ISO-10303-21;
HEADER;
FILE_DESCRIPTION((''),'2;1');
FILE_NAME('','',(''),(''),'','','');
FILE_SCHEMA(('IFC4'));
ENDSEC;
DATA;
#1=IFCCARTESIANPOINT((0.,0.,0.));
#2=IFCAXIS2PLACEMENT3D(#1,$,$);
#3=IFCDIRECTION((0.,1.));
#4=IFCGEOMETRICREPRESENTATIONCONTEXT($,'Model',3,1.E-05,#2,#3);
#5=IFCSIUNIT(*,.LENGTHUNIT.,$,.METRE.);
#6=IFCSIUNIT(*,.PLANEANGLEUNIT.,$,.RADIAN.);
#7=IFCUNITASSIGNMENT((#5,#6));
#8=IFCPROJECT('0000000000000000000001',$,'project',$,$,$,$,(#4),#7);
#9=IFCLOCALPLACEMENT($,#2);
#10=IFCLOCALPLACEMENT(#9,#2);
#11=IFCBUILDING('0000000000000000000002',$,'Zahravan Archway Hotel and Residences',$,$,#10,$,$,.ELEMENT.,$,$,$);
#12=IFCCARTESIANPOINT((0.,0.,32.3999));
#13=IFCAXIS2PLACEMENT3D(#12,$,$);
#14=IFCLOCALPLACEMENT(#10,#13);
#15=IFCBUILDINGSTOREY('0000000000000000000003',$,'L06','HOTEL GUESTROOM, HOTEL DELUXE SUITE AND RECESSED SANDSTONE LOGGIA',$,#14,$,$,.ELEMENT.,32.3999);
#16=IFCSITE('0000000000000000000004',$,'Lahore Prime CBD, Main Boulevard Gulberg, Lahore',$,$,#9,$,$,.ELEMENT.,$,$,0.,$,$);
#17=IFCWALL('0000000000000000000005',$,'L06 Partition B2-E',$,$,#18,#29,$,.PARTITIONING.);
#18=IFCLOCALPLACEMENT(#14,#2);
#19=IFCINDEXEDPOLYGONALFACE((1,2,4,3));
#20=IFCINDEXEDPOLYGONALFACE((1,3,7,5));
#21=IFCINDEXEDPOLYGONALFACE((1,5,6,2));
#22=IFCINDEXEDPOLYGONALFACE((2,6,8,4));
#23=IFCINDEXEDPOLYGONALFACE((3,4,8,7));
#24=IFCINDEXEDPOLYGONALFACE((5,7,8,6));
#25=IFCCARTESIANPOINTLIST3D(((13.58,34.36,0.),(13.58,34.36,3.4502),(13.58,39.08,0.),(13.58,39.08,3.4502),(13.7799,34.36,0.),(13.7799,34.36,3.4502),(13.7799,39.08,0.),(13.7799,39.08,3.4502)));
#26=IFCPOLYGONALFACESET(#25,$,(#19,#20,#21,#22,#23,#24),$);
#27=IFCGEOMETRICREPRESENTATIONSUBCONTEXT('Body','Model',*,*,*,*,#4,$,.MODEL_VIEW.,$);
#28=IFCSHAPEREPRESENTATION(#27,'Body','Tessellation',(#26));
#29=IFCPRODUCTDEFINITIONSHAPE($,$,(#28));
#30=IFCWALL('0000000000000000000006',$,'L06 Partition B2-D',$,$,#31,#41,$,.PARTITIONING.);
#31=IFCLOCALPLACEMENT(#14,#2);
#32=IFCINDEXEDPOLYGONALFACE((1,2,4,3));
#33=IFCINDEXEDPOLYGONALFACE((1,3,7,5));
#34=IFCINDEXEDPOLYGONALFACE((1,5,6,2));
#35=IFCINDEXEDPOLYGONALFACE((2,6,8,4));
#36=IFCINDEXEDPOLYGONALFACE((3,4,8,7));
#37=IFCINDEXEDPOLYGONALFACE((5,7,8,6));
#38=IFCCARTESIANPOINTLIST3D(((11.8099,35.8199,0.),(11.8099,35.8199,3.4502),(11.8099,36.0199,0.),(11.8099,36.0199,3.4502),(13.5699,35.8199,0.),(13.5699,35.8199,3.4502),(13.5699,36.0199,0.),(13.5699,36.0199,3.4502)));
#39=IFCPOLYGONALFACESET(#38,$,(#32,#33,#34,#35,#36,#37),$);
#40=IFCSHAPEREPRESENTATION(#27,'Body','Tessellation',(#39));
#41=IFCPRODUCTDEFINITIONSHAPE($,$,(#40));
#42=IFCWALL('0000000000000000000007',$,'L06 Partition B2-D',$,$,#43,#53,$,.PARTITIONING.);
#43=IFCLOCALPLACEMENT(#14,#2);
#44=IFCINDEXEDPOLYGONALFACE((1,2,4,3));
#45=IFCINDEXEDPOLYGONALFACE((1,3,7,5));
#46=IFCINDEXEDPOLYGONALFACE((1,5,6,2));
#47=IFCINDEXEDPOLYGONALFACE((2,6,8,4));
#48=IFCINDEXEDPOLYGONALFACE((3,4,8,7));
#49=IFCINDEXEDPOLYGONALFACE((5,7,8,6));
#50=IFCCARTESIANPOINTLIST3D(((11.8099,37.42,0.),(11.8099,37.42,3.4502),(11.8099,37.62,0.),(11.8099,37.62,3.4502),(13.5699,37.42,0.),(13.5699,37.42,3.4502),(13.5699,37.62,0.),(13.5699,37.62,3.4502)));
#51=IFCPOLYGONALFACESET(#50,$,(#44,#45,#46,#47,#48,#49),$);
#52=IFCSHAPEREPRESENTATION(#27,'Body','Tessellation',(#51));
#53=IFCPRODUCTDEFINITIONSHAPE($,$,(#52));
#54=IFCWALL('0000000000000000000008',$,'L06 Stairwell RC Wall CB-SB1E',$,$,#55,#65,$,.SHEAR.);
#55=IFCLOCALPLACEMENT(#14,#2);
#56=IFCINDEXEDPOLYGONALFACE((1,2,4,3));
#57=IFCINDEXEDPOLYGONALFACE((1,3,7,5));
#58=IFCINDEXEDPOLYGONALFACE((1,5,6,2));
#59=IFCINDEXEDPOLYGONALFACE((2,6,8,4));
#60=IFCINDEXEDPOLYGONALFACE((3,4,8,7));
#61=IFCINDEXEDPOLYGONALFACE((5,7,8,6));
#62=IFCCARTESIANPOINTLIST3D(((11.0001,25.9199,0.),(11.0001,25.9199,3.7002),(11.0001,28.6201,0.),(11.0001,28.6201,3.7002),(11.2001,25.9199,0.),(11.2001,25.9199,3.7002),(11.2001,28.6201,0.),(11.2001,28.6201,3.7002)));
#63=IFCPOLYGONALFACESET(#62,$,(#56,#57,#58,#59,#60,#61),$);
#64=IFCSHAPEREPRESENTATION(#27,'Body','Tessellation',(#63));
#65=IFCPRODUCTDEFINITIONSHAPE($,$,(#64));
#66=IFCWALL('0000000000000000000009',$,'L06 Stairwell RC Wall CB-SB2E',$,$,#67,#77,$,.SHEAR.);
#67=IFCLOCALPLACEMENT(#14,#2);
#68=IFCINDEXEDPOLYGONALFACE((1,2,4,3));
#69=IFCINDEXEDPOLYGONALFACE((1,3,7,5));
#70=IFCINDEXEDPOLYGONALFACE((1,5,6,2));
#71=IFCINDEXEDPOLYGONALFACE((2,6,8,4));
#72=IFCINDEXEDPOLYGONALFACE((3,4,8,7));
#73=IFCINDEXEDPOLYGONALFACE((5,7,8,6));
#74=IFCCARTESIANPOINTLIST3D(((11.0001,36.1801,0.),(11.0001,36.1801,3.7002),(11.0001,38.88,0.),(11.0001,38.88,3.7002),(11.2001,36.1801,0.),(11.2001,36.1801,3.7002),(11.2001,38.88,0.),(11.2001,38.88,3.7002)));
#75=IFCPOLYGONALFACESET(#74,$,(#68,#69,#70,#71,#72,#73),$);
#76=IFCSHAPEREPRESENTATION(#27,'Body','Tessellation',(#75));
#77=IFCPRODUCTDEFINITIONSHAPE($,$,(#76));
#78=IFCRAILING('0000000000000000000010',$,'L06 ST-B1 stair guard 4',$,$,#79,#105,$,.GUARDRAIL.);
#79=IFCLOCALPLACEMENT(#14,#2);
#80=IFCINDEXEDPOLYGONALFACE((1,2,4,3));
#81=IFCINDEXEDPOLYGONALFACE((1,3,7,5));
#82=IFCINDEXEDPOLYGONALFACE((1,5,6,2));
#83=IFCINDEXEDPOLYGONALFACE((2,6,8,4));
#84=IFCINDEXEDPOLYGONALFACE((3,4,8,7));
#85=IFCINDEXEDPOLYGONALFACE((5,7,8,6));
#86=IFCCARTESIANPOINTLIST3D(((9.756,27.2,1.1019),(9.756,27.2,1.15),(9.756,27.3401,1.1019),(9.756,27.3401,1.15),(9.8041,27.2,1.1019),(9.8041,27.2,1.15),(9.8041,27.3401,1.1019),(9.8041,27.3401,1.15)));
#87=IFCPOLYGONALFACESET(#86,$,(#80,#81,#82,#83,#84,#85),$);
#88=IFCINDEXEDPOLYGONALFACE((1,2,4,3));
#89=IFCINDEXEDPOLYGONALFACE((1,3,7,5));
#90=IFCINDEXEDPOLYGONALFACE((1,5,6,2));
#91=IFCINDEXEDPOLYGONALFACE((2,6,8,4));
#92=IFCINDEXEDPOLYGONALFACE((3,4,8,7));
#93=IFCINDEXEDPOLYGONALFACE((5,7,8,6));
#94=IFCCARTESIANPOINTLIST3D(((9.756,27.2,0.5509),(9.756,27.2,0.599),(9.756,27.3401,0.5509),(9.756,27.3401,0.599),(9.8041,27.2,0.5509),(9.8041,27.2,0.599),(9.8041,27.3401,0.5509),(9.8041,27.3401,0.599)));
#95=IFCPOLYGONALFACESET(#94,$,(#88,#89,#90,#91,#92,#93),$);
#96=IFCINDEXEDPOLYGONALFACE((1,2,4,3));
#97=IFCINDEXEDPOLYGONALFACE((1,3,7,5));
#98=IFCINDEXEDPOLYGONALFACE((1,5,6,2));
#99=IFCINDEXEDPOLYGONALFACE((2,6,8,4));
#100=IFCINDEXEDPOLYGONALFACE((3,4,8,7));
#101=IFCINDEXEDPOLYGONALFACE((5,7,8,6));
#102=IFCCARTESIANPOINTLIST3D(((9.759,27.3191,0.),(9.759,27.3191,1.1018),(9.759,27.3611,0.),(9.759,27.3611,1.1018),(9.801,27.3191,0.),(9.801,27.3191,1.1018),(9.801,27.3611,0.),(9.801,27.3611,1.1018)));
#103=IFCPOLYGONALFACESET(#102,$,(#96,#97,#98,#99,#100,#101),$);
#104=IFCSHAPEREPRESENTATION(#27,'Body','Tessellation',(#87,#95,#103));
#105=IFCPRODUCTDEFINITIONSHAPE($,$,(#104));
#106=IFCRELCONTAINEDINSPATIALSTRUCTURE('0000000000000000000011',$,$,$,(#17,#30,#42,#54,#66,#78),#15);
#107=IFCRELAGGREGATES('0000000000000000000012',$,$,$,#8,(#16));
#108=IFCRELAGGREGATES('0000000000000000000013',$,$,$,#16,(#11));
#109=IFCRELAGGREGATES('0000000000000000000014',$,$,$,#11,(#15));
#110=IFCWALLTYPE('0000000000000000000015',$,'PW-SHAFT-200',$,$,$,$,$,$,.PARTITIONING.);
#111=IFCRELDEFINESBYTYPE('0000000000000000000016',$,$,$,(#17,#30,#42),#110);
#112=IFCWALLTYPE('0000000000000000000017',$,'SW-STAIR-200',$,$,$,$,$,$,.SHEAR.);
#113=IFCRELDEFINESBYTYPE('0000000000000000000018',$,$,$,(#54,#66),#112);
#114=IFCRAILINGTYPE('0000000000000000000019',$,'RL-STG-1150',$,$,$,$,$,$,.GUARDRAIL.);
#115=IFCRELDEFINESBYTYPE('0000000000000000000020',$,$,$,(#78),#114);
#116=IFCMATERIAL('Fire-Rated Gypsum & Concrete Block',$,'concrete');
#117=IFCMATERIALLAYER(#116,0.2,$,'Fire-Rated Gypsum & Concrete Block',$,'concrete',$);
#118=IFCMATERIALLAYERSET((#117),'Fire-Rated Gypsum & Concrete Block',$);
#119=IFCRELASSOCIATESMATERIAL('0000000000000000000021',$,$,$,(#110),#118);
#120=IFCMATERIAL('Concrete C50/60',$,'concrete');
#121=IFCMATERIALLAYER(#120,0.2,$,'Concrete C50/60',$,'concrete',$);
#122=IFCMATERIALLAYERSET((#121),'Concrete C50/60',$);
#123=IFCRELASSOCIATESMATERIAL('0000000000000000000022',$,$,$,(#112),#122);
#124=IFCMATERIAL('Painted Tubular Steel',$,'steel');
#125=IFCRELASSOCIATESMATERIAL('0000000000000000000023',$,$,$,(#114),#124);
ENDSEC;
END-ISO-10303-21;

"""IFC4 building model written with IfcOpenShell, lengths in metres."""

from ifc_helpers import new_model, si_unit, direction, frame, frame_2d, origin, origin_2d, place, context, subcontext, project, spatial, rectangle, extrude, material, layer, layer_set, type_object, element, save


model = new_model("IFC4")

# Units and contexts
model_context = context("Model", 3, precision=1e-05, world=origin(), true_north=direction((0.0, 1.0)))
body_context = subcontext(model_context, "Body", "Model", "MODEL_VIEW")
ifc_project = project(units=[si_unit("LENGTHUNIT", "METRE"), si_unit("PLANEANGLEUNIT", "RADIAN")], contexts=[model_context])

# Site, building, storey
site_placement = place(None, origin())
site = spatial("IfcSite", under=ifc_project, at=site_placement, Name="Lahore Prime CBD, Main Boulevard Gulberg, Lahore", CompositionType="ELEMENT", RefElevation=0.0)
building_placement = place(site_placement, origin())
building = spatial("IfcBuilding", under=site, at=building_placement, Name="Zahravan Archway Hotel and Residences", CompositionType="ELEMENT")
storey_placement = place(building_placement, frame((0.0, 0.0, 32.3999)))
storey = spatial("IfcBuildingStorey", under=building, at=storey_placement, Name="L06", Description="HOTEL GUESTROOM, HOTEL DELUXE SUITE AND RECESSED SANDSTONE LOGGIA", CompositionType="ELEMENT", Elevation=32.3999)

# Shared definitions
ifc_material_1 = material(Name="Fire-Rated Gypsum & Concrete Block", Category="concrete")
ifc_layer_1 = layer(ifc_material_1, 0.2, Name="Fire-Rated Gypsum & Concrete Block", Category="concrete")
ifc_layer_set_1 = layer_set([ifc_layer_1], Name="Fire-Rated Gypsum & Concrete Block")
wall_type_1 = type_object("IfcWallType", Name="PW-SHAFT-200", PredefinedType="PARTITIONING", material=ifc_layer_set_1)

# Walls
wall_1_placement = place(storey_placement, frame((13.6799, 34.3601, 0.0), z_axis=(0.0, 0.0, 1.0), x_axis=(0.0, 1.0, 0.0)))
element("IfcWall", 1, at=wall_1_placement, inside=storey, type_object=wall_type_1, Name="L06 Partition B2-E", PredefinedType="PARTITIONING", context=body_context, shape_type="SweptSolid", body=[
    extrude(rectangle(XDim=4.72, YDim=0.2, at=frame_2d((2.3599, 0.0))), origin(), (0.0, 0.0, 1.0), 3.4502),
])
for number, where, z_axis, x_axis, name in (
    (2, (11.8101, 35.9199, 0.0), (0.0, 0.0, 1.0), (1.0, 0.0, 0.0), "L06 Partition B2-D"),
    (3, (11.8101, 37.52, 0.0), (0.0, 0.0, 1.0), (1.0, 0.0, 0.0), "L06 Partition B2-D"),
):
    element("IfcWall", number, at=place(storey_placement, frame(where, z_axis=z_axis, x_axis=x_axis)), inside=storey, type_object=wall_type_1, Name=name, PredefinedType="PARTITIONING", context=body_context, shape_type="SweptSolid", body=[
        extrude(rectangle(XDim=1.76, YDim=0.2, at=frame_2d((0.8799, 0.0))), origin(), (0.0, 0.0, 1.0), 3.4502),
    ])
ifc_material_2 = material(Name="Concrete C50/60", Category="concrete")
ifc_layer_2 = layer(ifc_material_2, 0.2, Name="Concrete C50/60", Category="concrete")
ifc_layer_set_2 = layer_set([ifc_layer_2], Name="Concrete C50/60")
wall_type_2 = type_object("IfcWallType", Name="SW-STAIR-200", PredefinedType="SHEAR", material=ifc_layer_set_2)
wall_2_placement = place(storey_placement, frame((11.1001, 25.9199, 0.0), z_axis=(0.0, 0.0, 1.0), x_axis=(0.0, 1.0, 0.0)))
element("IfcWall", 4, at=wall_2_placement, inside=storey, type_object=wall_type_2, Name="L06 Stairwell RC Wall CB-SB1E", PredefinedType="SHEAR", context=body_context, shape_type="SweptSolid", body=[
    extrude(rectangle(XDim=2.7002, YDim=0.2, at=frame_2d((1.3501, 0.0))), origin(), (0.0, 0.0, 1.0), 3.7002),
])
wall_3_placement = place(storey_placement, frame((11.1001, 36.1799, 0.0), z_axis=(0.0, 0.0, 1.0), x_axis=(0.0, 1.0, 0.0)))
element("IfcWall", 5, at=wall_3_placement, inside=storey, type_object=wall_type_2, Name="L06 Stairwell RC Wall CB-SB2E", PredefinedType="SHEAR", context=body_context, shape_type="SweptSolid", body=[
    extrude(rectangle(XDim=2.7, YDim=0.2, at=frame_2d((1.3501, 0.0))), origin(), (0.0, 0.0, 1.0), 3.7002),
])

# Railing
ifc_material_3 = material(Name="Painted Tubular Steel", Category="steel")
railing_type = type_object("IfcRailingType", Name="RL-STG-1150", PredefinedType="GUARDRAIL", material=ifc_material_3)
railing_placement = place(storey_placement, frame((9.78, 27.3401, 0.0)))
element("IfcRailing", 6, at=railing_placement, inside=storey, type_object=railing_type, Name="L06 ST-B1 stair guard 4", PredefinedType="GUARDRAIL", context=body_context, shape_type="SweptSolid", body=[
    extrude(rectangle(XDim=0.0481, YDim=0.0481, at=origin_2d()), frame((0.0, 0.0, 1.126), z_axis=(0.0, -1.0, 0.0), x_axis=(1.0, 0.0, 0.0)), (0.0, 0.0, 1.0), 0.1401),
    extrude(rectangle(XDim=0.0481, YDim=0.0481, at=origin_2d()), frame((0.0, 0.0, 0.575), z_axis=(0.0, -1.0, 0.0), x_axis=(1.0, 0.0, 0.0)), (0.0, 0.0, 1.0), 0.1401),
    extrude(rectangle(XDim=0.042, YDim=0.042, at=origin_2d()), origin(), (0.0, 0.0, 1.0), 1.1018),
])

save(model, "model.ifc")
